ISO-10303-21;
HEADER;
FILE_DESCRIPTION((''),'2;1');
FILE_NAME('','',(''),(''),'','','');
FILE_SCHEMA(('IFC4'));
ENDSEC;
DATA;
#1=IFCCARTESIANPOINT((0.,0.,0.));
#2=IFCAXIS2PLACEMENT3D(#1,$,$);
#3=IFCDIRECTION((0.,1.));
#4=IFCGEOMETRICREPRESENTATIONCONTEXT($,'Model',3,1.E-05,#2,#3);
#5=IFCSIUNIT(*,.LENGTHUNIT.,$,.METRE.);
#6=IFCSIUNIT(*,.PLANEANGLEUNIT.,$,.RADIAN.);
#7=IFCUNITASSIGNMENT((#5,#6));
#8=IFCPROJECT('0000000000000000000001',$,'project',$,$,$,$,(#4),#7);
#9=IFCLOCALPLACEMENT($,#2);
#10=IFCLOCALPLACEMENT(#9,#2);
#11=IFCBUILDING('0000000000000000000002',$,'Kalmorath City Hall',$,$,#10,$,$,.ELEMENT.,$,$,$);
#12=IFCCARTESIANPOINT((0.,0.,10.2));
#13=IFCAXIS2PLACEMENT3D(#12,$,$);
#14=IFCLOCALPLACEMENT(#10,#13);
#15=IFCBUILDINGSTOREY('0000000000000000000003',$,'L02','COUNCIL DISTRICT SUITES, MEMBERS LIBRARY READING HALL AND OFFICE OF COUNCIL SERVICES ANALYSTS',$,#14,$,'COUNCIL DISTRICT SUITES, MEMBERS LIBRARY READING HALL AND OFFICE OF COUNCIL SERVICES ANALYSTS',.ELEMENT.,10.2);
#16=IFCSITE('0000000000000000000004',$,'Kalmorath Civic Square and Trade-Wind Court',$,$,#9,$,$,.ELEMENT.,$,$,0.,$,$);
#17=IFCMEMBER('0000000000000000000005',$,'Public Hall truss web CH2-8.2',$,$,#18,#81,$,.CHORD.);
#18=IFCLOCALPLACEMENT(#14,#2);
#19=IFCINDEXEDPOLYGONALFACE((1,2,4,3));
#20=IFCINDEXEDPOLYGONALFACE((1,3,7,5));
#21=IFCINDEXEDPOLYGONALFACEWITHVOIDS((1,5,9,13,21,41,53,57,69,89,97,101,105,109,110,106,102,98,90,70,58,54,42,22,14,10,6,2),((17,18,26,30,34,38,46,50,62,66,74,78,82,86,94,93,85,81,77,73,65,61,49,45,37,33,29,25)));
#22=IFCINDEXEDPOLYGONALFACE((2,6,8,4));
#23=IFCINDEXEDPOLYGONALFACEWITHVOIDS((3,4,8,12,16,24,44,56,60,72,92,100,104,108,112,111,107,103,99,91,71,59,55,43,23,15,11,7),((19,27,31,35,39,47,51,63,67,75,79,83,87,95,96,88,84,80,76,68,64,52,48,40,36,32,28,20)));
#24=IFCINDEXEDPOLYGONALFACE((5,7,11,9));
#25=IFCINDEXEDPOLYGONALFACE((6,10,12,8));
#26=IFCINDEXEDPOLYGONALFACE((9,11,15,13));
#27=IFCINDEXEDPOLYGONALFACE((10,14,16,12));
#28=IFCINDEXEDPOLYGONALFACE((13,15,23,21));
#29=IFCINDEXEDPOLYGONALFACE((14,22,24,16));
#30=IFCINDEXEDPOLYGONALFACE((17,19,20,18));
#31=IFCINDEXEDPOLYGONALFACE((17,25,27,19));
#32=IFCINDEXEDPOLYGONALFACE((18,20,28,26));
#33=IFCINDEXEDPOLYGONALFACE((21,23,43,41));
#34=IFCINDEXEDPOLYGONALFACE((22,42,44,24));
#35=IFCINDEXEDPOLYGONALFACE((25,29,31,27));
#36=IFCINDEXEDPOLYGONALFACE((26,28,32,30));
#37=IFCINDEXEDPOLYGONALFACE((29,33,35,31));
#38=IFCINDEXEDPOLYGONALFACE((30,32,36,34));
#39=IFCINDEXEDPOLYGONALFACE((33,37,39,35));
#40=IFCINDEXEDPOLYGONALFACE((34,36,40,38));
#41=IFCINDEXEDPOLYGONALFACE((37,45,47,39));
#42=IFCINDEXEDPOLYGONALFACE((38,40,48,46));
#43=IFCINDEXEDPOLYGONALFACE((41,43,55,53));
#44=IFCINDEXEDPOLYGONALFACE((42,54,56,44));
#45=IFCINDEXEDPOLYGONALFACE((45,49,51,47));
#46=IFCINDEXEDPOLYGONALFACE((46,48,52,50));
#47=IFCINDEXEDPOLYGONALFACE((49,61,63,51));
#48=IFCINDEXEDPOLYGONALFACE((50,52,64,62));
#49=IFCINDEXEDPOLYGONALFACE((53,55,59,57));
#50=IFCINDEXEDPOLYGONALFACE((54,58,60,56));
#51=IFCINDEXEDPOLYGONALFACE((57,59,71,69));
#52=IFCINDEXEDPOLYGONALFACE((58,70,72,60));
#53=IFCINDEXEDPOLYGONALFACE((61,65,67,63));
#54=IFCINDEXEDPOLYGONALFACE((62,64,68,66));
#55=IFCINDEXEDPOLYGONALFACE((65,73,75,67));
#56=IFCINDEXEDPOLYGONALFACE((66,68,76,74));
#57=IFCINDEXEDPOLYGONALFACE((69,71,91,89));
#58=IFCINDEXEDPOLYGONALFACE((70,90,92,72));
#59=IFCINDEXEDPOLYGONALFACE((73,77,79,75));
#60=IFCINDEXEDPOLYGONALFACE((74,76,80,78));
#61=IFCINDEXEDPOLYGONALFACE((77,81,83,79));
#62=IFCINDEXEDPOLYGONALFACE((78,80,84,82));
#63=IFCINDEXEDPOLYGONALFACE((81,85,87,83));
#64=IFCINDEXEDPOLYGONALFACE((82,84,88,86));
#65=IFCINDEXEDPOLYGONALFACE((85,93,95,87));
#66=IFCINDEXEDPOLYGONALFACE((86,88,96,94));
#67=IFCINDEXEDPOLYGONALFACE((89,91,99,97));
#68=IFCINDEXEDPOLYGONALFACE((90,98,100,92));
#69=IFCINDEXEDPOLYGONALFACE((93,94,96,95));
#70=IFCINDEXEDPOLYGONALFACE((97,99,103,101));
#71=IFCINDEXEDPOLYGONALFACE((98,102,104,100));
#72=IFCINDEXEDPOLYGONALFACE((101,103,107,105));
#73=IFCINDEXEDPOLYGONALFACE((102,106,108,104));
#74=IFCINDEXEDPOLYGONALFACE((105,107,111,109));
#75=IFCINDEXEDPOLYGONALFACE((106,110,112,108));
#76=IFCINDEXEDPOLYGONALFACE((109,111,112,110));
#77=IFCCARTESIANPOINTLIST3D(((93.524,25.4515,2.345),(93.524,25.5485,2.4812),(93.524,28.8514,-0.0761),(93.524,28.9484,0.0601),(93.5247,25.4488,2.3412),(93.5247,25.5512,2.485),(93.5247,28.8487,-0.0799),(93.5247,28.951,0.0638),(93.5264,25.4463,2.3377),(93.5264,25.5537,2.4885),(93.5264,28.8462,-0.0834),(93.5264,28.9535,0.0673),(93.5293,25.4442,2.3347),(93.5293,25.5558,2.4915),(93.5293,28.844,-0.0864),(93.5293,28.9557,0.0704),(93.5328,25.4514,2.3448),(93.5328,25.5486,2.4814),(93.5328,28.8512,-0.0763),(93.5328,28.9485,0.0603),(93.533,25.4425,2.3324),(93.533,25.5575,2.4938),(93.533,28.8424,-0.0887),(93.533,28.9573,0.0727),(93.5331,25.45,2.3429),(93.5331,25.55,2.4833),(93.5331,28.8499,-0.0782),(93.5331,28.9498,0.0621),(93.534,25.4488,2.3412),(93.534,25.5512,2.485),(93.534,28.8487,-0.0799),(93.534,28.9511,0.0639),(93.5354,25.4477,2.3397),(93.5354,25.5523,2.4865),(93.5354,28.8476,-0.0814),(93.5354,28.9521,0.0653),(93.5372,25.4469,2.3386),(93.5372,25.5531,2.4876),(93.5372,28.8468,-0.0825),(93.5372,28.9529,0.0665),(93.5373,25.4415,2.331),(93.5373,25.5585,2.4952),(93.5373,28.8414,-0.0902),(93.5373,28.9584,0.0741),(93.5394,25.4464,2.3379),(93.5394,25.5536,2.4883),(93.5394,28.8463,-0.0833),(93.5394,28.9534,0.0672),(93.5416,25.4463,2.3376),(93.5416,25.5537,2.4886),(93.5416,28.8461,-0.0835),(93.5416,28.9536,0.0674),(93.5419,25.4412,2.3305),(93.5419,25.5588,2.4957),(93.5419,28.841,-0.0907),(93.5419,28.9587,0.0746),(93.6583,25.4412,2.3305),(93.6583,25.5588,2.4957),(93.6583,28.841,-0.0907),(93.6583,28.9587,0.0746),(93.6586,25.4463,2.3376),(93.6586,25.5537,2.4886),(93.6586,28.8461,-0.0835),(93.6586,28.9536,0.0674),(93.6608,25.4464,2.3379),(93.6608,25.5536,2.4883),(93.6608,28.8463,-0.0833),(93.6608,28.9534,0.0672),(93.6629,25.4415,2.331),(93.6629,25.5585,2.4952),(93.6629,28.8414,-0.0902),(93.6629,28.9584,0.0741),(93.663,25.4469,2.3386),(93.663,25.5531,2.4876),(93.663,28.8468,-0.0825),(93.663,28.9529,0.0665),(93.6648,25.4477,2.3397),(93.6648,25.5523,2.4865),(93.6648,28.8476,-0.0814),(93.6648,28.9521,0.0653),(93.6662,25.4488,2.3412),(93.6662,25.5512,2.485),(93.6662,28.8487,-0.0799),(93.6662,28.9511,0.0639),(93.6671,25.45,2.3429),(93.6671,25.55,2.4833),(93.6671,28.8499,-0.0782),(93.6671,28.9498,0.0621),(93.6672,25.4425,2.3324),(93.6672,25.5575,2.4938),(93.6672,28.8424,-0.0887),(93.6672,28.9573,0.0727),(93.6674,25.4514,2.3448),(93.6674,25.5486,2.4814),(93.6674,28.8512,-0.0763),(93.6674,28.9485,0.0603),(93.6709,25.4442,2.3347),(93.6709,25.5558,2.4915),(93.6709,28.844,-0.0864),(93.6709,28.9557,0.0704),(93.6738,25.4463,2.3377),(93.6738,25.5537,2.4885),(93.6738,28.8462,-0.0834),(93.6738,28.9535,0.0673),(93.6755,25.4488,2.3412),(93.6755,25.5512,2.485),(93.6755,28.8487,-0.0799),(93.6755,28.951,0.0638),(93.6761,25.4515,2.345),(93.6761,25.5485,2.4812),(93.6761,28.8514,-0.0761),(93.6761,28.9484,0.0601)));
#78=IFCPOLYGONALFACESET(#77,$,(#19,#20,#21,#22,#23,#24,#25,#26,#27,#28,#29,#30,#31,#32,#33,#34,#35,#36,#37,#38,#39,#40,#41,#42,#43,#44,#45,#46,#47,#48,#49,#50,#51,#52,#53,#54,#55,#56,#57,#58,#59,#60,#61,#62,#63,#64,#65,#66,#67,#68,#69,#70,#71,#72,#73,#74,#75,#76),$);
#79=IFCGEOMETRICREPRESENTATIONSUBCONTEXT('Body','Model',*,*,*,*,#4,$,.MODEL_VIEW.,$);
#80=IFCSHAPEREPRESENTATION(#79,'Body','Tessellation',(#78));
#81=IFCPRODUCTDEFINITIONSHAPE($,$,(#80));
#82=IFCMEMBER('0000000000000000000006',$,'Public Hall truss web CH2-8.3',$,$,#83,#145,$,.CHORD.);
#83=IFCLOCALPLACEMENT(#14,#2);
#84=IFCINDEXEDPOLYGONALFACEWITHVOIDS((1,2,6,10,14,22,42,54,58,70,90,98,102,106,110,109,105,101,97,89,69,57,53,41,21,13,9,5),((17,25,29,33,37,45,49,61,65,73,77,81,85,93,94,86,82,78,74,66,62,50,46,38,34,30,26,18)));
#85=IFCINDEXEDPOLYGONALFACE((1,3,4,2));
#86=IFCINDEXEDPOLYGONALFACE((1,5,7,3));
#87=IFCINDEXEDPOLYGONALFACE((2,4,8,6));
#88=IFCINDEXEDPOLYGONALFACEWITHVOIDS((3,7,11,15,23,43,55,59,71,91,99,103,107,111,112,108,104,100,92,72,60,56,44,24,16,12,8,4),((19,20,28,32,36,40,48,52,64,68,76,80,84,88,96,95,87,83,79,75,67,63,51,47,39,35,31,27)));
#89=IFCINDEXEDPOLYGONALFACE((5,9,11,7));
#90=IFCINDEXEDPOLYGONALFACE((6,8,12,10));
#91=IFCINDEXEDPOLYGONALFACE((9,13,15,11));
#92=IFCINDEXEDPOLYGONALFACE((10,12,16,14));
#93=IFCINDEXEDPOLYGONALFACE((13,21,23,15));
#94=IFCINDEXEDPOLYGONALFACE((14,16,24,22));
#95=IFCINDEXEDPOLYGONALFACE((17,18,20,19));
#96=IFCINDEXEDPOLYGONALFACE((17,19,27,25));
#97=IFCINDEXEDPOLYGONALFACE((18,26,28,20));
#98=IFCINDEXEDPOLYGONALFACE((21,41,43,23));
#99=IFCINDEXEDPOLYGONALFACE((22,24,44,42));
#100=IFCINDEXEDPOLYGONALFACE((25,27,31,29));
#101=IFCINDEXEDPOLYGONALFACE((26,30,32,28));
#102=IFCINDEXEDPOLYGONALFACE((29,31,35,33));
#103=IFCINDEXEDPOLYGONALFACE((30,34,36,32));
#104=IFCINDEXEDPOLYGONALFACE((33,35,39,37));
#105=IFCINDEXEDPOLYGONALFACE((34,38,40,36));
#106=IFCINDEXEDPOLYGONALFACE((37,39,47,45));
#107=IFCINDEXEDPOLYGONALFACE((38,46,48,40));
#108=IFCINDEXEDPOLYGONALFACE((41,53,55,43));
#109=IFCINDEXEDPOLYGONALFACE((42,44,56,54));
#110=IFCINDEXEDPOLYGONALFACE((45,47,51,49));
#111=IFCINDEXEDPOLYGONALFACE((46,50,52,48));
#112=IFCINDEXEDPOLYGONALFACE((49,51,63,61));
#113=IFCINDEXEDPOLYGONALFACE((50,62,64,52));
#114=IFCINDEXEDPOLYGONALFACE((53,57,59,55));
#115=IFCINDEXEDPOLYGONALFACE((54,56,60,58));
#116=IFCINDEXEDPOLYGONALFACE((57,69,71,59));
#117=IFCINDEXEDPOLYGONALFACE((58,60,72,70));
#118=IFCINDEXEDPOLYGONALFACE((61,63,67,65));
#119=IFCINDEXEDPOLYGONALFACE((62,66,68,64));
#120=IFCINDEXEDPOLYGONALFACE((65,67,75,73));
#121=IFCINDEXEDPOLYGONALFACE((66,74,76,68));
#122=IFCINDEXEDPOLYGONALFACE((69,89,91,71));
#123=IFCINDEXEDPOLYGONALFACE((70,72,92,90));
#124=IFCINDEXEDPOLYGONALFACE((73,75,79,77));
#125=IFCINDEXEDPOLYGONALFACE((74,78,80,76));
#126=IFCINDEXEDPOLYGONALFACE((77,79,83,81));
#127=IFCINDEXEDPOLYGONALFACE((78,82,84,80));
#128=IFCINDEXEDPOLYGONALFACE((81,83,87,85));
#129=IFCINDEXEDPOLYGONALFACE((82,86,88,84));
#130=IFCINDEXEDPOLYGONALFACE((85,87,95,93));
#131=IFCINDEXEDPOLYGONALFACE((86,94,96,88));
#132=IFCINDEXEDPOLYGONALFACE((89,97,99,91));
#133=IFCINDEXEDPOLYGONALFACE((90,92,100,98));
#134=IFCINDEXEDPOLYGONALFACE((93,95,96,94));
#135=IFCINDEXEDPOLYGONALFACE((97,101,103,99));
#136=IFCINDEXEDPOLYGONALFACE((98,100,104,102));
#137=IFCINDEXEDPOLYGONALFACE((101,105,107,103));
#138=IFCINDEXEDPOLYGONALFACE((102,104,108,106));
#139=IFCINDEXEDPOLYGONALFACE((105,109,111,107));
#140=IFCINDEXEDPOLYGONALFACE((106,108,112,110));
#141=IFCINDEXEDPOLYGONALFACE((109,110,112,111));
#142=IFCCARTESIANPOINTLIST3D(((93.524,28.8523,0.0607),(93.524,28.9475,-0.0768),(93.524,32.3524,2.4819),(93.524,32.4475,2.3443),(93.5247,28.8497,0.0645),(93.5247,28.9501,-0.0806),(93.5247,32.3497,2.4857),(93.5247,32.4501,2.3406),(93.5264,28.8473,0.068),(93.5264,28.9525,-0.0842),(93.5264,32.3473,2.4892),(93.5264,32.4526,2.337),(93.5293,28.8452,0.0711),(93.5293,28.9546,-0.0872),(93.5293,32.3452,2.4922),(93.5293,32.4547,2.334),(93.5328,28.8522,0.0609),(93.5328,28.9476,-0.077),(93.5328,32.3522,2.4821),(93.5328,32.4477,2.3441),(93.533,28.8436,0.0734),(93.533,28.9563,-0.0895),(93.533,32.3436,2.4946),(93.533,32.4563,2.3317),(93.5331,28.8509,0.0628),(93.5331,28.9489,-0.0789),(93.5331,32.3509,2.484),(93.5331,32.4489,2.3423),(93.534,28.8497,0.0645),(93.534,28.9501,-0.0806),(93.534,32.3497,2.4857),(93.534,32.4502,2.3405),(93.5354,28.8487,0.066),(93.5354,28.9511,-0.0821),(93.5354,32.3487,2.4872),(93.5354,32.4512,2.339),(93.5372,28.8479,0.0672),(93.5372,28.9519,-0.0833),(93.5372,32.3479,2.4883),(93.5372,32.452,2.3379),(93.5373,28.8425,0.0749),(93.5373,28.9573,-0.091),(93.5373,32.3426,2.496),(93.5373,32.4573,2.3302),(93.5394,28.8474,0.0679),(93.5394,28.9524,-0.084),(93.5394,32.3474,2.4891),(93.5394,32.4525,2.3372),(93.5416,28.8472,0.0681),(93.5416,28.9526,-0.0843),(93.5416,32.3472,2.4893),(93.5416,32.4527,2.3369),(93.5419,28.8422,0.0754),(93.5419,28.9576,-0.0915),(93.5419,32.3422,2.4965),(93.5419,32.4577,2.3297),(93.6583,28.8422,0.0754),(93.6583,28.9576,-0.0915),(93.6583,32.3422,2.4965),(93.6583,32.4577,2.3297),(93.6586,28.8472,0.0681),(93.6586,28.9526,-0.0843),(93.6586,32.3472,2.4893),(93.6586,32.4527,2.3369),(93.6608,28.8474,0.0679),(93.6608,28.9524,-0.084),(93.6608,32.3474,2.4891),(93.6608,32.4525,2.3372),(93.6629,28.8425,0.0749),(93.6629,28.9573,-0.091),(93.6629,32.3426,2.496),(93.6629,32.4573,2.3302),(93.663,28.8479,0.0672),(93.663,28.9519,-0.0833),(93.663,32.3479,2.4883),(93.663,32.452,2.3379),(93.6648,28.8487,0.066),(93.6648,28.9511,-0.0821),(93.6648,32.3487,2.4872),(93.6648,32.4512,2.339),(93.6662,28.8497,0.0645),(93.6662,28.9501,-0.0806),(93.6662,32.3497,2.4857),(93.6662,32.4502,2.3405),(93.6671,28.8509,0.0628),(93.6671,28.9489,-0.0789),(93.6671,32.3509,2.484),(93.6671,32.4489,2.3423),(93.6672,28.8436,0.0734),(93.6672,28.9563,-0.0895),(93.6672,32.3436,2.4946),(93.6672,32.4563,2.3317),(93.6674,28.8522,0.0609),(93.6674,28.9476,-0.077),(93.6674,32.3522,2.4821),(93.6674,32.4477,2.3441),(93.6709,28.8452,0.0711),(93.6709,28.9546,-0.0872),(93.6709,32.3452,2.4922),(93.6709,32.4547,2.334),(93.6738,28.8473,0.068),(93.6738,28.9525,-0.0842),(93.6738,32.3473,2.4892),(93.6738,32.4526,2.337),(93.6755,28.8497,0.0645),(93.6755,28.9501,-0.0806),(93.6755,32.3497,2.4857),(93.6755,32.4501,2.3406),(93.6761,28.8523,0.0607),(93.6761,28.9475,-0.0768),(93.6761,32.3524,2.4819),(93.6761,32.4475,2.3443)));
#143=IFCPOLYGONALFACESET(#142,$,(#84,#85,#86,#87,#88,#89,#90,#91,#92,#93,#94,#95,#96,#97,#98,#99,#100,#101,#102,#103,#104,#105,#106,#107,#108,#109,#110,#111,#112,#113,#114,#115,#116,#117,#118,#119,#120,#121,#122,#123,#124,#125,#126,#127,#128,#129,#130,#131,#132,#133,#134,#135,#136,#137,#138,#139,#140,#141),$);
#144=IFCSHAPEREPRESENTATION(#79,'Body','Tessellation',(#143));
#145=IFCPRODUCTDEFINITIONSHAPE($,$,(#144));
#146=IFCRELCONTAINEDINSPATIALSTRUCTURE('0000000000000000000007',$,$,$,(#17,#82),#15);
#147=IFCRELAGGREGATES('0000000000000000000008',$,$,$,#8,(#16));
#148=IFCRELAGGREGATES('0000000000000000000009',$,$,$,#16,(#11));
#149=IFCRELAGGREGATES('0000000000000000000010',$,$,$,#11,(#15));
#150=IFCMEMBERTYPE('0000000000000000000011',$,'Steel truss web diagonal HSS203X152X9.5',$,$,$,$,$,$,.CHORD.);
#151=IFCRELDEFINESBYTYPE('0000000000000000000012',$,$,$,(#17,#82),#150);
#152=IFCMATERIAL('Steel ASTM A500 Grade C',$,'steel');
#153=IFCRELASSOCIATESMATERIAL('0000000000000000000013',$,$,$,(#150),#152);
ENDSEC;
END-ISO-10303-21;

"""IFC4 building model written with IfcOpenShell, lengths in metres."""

from ifc_helpers import new_model, si_unit, direction, frame, origin, origin_2d, place, context, subcontext, project, spatial, hollow_rectangle, extrude, material, material_profile, profile_set, type_object, element, save


model = new_model("IFC4")

# Units and contexts
model_context = context("Model", 3, precision=1e-05, world=origin(), true_north=direction((0.0, 1.0)))
body_context = subcontext(model_context, "Body", "Model", "MODEL_VIEW")
ifc_project = project(units=[si_unit("LENGTHUNIT", "METRE"), si_unit("PLANEANGLEUNIT", "RADIAN")], contexts=[model_context])

# Site, building, storey
site_placement = place(None, origin())
site = spatial("IfcSite", under=ifc_project, at=site_placement, Name="Kalmorath Civic Square and Trade-Wind Court", CompositionType="ELEMENT", RefElevation=0.0)
building_placement = place(site_placement, origin())
building = spatial("IfcBuilding", under=site, at=building_placement, Name="Kalmorath City Hall", CompositionType="ELEMENT")
storey_placement = place(building_placement, frame((0.0, 0.0, 10.2)))
storey = spatial("IfcBuildingStorey", under=building, at=storey_placement, Name="L02", Description="COUNCIL DISTRICT SUITES, MEMBERS LIBRARY READING HALL AND OFFICE OF COUNCIL SERVICES ANALYSTS", LongName="COUNCIL DISTRICT SUITES, MEMBERS LIBRARY READING HALL AND OFFICE OF COUNCIL SERVICES ANALYSTS", CompositionType="ELEMENT", Elevation=10.2)

# Members
ifc_material_1 = material(Name="Steel ASTM A500 Grade C", Category="steel")
ifc_material_profile_1 = material_profile(ifc_material_1, hollow_rectangle(XDim=0.1521, YDim=0.2029, WallThickness=0.0088, InnerFilletRadius=0.0088, OuterFilletRadius=0.0178, at=origin_2d()), Name="HSS203X152X9.5")
ifc_profile_set_1 = profile_set([ifc_material_profile_1], Name="Steel ASTM A500 Grade C")
member_type_1 = type_object("IfcMemberType", Name="Steel truss web diagonal HSS203X152X9.5", PredefinedType="CHORD", material=ifc_profile_set_1)
member_1_placement = place(storey_placement, frame((93.6001, 25.5, 2.4131), z_axis=(0.0, 0.814567, -0.58007), x_axis=(-1.0, 0.0, 0.0)))
element("IfcMember", 1, at=member_1_placement, inside=storey, type_object=member_type_1, Name="Public Hall truss web CH2-8.2", PredefinedType="CHORD", context=body_context, shape_type="SweptSolid", body=[
    extrude(hollow_rectangle(XDim=0.1521, YDim=0.2029, WallThickness=0.0088, InnerFilletRadius=0.0088, OuterFilletRadius=0.0178, at=origin_2d()), origin(), (0.0, 0.0, 1.0), 4.1738),
])
member_2_placement = place(storey_placement, frame((93.6001, 28.8999, -0.0081), z_axis=(0.0, 0.822405, 0.568903), x_axis=(-1.0, 0.0, 0.0)))
element("IfcMember", 2, at=member_2_placement, inside=storey, type_object=member_type_1, Name="Public Hall truss web CH2-8.3", PredefinedType="CHORD", context=body_context, shape_type="SweptSolid", body=[
    extrude(hollow_rectangle(XDim=0.1521, YDim=0.2029, WallThickness=0.0088, InnerFilletRadius=0.0088, OuterFilletRadius=0.0178, at=origin_2d()), origin(), (0.0, 0.0, 1.0), 4.2559),
])

save(model, "model.ifc")
